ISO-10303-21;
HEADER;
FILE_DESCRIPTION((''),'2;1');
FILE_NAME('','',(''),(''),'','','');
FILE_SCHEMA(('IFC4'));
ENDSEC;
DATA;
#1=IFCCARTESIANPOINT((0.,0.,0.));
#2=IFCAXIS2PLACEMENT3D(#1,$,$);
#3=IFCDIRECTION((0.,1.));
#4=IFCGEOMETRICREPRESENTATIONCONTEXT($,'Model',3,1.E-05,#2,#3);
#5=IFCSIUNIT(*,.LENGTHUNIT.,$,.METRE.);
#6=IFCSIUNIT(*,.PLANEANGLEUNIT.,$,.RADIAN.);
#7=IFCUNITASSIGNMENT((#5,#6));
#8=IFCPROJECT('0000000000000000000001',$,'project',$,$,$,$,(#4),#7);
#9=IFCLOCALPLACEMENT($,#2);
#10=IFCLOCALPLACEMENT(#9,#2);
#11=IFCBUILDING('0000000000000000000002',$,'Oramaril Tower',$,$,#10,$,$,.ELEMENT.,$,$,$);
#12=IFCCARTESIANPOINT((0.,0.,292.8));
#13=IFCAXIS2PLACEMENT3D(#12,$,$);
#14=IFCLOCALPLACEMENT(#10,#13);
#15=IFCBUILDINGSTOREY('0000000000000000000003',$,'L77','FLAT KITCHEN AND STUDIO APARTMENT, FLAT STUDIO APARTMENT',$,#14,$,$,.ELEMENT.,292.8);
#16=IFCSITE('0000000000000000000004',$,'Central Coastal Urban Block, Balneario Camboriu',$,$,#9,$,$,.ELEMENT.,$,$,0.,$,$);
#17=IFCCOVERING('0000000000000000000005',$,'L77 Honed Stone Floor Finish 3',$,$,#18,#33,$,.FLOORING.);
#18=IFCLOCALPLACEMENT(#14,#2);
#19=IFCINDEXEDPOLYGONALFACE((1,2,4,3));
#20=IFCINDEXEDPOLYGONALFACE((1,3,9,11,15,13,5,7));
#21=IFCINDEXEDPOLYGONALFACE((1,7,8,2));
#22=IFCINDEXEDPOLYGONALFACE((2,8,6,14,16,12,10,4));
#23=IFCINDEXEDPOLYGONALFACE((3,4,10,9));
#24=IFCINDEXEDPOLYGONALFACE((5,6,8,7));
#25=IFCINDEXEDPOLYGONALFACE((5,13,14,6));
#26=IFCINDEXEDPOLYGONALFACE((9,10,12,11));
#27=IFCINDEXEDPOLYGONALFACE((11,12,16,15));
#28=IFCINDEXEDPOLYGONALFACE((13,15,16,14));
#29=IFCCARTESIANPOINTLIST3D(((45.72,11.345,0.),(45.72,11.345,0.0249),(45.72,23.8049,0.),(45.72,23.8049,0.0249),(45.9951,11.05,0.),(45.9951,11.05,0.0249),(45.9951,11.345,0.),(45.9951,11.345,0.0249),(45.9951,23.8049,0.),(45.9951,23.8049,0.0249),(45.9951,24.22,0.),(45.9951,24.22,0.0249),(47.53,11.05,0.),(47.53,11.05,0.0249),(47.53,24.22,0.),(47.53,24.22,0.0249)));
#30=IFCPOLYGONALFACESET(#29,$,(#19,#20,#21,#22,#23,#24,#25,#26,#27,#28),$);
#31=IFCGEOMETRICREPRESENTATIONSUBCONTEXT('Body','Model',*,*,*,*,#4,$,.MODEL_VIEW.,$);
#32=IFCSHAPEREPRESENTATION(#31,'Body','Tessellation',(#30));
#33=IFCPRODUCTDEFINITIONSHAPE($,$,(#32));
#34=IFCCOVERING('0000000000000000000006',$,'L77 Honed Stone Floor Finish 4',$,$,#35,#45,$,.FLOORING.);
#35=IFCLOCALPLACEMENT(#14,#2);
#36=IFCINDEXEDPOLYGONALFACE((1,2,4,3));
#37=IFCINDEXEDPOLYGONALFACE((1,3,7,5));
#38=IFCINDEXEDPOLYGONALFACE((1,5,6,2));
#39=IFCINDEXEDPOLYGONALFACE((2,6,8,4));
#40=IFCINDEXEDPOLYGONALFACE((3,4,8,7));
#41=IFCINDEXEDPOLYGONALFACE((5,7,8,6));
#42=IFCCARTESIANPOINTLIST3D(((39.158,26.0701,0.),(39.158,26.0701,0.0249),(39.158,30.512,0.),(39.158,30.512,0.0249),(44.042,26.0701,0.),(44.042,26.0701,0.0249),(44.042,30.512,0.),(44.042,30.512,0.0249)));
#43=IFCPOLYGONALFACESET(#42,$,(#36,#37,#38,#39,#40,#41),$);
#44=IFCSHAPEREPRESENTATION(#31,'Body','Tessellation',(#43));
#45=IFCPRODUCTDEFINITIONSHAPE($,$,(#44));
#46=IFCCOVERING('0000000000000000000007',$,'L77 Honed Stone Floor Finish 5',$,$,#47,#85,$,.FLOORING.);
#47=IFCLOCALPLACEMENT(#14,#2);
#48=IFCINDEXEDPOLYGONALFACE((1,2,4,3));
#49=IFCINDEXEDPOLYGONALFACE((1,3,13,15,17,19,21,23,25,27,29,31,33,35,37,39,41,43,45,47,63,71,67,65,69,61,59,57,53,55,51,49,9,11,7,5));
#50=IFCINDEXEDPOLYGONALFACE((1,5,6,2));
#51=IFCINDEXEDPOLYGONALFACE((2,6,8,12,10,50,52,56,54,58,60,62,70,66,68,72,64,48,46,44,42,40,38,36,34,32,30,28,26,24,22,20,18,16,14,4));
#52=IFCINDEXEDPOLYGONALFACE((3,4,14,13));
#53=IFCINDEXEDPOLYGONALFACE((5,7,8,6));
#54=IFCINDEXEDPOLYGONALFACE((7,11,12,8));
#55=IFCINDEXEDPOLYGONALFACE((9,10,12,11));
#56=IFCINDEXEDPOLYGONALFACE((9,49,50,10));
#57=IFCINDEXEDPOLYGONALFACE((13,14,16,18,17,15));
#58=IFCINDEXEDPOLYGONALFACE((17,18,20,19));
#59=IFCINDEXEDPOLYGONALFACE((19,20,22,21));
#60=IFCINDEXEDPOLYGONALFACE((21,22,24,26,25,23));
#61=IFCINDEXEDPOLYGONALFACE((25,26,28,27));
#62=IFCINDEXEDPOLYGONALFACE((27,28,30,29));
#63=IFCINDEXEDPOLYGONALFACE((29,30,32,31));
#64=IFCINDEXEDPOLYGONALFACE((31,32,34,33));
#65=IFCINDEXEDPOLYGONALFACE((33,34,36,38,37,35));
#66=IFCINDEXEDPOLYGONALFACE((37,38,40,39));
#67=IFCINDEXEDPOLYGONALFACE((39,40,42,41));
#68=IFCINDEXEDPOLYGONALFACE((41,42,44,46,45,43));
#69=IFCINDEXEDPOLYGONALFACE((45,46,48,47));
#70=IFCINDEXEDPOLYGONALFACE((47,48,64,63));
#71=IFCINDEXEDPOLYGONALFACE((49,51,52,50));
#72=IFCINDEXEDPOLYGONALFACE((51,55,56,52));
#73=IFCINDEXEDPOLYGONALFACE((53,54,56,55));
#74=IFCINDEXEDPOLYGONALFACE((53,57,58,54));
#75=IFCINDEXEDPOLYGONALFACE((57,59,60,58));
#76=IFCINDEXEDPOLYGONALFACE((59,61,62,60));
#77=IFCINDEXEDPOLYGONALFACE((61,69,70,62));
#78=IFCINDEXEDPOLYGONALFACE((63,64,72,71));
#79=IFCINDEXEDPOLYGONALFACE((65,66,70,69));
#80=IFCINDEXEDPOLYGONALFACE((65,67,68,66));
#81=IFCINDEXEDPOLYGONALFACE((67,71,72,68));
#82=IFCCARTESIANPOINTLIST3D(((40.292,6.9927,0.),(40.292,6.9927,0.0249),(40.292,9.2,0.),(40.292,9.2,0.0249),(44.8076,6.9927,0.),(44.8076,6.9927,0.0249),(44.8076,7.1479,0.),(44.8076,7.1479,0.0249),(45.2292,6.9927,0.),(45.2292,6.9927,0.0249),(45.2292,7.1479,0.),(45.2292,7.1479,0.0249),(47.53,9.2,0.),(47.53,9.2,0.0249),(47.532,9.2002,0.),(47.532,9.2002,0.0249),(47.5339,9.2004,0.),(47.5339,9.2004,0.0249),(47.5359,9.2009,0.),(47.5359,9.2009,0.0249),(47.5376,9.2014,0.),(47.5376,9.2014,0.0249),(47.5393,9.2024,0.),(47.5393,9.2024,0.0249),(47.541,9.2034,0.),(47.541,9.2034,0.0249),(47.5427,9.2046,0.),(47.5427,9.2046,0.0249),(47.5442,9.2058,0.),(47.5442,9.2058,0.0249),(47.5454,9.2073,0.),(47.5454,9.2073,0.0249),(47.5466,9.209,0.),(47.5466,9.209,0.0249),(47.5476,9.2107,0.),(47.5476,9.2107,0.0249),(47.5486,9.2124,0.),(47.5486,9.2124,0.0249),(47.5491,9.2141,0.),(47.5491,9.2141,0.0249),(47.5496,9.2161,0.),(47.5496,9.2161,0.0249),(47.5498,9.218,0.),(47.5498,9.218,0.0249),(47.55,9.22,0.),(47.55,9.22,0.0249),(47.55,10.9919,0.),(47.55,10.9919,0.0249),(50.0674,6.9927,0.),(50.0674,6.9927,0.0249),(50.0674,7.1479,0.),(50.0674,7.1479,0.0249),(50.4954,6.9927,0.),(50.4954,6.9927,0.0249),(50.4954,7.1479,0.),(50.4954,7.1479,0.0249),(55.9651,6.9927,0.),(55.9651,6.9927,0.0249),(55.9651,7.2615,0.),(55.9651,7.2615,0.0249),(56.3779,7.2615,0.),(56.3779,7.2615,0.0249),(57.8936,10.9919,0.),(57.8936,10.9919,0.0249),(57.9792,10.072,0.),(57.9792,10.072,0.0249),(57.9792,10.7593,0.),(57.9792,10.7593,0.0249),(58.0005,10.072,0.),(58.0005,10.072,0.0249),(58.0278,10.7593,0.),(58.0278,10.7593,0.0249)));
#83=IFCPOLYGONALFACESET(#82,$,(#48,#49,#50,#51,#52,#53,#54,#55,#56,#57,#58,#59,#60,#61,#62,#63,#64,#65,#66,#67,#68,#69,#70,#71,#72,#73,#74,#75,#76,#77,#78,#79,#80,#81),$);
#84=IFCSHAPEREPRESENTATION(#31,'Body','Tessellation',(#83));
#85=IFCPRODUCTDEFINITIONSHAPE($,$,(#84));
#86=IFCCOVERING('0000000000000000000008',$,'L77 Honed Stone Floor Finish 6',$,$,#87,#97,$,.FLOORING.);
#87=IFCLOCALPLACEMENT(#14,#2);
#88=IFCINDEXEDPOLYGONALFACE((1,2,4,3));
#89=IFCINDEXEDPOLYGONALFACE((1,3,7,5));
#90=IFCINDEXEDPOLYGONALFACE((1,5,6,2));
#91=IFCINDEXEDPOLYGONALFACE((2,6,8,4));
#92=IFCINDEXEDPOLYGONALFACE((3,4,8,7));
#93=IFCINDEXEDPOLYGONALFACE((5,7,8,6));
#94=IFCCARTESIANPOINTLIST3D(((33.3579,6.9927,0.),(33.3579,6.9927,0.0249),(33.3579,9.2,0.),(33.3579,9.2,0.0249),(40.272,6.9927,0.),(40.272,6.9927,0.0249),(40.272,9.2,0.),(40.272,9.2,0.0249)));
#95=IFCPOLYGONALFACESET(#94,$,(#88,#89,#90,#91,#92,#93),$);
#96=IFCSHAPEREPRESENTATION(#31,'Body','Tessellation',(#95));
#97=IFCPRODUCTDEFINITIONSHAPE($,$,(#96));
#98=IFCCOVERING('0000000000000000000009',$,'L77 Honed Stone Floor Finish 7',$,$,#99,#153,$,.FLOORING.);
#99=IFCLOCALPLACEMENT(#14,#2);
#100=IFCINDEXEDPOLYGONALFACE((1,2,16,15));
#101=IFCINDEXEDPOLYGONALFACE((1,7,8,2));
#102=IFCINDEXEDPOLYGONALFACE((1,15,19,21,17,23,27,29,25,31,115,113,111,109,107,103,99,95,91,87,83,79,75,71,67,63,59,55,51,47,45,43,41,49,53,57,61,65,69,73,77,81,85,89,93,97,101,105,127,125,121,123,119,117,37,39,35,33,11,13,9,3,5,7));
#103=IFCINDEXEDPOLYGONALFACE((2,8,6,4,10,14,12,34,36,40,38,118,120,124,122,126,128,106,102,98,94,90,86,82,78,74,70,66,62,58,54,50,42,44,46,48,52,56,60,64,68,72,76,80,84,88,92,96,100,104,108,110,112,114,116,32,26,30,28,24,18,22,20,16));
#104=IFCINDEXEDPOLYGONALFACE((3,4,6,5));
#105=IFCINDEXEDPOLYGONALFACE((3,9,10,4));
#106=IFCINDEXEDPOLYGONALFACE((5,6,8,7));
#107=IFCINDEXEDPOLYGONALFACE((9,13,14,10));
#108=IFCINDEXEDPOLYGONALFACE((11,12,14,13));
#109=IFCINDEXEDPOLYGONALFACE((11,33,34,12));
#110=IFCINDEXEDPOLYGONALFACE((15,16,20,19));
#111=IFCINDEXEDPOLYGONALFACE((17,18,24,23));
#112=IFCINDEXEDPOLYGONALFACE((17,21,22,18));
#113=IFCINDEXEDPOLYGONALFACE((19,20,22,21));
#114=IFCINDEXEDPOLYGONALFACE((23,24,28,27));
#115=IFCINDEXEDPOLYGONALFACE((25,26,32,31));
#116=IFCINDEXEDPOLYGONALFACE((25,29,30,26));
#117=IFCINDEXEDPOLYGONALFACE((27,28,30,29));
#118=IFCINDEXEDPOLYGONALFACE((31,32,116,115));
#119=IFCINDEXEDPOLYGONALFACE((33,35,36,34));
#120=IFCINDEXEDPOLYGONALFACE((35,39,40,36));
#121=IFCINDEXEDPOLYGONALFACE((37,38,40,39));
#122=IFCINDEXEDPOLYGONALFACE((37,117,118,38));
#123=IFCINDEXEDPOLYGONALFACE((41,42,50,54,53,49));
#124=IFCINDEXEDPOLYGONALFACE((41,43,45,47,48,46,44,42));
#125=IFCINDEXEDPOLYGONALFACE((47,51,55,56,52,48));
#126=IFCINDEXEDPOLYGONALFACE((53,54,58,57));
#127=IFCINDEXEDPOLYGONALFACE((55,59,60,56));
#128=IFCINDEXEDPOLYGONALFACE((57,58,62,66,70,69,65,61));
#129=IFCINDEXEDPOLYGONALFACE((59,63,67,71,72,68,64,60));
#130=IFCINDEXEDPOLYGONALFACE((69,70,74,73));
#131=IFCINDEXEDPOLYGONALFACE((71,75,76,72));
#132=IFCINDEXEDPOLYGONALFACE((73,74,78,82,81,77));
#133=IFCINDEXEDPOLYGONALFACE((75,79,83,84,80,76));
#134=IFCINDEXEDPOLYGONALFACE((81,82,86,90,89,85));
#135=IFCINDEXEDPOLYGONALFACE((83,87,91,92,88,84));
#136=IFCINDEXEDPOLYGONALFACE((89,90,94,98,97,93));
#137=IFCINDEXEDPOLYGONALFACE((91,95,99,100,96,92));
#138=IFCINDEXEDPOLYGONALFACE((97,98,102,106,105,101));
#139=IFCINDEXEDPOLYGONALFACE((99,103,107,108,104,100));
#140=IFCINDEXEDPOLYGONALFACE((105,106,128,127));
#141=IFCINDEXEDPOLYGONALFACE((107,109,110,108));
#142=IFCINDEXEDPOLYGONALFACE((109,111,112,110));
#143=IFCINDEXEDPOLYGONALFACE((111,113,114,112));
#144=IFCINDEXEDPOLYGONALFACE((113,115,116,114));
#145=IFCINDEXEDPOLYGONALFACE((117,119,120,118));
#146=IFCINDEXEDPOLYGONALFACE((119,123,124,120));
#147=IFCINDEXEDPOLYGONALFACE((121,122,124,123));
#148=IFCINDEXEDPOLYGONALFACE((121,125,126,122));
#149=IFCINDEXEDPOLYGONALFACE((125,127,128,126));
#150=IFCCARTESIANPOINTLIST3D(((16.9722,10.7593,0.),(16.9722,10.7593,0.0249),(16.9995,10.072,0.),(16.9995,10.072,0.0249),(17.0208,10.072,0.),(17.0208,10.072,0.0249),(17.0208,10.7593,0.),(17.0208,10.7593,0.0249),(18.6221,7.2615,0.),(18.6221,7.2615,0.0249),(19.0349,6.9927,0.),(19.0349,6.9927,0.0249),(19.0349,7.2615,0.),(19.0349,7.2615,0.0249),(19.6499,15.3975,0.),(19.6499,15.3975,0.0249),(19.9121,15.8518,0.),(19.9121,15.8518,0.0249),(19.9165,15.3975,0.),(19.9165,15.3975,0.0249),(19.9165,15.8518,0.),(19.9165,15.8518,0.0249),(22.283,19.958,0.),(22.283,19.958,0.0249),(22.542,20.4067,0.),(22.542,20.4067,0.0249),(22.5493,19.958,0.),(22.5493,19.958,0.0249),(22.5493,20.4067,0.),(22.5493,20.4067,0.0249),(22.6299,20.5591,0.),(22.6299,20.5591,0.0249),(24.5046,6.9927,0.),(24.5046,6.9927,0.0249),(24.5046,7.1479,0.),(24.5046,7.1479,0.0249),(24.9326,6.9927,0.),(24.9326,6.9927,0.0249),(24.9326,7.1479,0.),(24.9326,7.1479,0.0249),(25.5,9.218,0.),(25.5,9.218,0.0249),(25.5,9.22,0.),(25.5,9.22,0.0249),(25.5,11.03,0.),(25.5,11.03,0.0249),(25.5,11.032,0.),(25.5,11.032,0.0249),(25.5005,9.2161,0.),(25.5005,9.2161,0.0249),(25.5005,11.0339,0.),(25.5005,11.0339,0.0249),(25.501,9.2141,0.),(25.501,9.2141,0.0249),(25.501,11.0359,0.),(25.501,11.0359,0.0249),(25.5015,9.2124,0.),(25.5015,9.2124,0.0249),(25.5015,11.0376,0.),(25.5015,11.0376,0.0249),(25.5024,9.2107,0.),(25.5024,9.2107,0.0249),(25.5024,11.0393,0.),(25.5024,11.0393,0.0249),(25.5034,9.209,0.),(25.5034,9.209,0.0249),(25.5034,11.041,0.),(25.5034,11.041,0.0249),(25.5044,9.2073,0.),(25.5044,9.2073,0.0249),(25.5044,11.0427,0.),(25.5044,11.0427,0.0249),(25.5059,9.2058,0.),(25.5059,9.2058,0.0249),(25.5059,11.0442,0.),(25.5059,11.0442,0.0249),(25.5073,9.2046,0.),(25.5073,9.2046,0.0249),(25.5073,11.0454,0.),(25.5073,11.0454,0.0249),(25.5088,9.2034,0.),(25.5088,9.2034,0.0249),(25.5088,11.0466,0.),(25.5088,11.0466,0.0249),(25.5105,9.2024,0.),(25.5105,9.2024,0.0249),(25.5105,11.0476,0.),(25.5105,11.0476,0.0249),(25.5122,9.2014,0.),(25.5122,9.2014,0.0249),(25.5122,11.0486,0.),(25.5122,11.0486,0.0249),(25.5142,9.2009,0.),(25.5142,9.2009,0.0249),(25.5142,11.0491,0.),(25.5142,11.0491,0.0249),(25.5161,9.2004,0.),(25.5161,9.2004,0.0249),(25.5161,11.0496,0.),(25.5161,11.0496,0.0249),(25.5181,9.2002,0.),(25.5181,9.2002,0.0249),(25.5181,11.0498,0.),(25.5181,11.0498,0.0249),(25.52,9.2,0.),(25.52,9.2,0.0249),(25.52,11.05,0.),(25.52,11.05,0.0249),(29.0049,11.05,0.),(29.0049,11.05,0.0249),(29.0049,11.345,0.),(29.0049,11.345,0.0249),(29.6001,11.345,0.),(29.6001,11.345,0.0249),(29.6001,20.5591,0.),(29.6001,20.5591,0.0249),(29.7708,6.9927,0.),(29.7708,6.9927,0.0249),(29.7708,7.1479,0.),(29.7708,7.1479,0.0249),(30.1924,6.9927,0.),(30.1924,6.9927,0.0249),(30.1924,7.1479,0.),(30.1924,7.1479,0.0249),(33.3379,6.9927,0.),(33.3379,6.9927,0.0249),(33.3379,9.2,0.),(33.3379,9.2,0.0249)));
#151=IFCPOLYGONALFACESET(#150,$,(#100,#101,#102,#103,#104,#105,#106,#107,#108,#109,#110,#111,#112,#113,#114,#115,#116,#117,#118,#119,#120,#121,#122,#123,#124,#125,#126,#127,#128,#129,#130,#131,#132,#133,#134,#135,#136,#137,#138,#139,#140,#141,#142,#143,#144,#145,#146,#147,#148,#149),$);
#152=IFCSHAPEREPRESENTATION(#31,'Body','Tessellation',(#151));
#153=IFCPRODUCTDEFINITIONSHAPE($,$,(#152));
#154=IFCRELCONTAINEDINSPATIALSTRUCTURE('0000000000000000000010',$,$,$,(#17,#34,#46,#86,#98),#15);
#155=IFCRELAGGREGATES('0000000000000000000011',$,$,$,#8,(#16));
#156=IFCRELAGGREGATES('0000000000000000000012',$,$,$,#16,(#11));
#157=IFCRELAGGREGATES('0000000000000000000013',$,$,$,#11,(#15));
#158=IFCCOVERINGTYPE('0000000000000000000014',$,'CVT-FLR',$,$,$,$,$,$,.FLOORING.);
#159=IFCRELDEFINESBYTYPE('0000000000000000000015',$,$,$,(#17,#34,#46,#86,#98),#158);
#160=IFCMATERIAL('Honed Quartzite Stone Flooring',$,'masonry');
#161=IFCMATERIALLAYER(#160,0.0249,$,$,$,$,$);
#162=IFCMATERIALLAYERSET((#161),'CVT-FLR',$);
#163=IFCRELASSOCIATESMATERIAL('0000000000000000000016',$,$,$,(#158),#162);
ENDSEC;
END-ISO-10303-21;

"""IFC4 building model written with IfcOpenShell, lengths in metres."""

from ifc_helpers import new_model, si_unit, direction, frame, origin, place, context, subcontext, project, spatial, polyline, outline, extrude, material, layer, layer_set, type_object, element, save


model = new_model("IFC4")

# Units and contexts
model_context = context("Model", 3, precision=1e-05, world=origin(), true_north=direction((0.0, 1.0)))
body_context = subcontext(model_context, "Body", "Model", "MODEL_VIEW")
ifc_project = project(units=[si_unit("LENGTHUNIT", "METRE"), si_unit("PLANEANGLEUNIT", "RADIAN")], contexts=[model_context])

# Site, building, storey
site_placement = place(None, origin())
site = spatial("IfcSite", under=ifc_project, at=site_placement, Name="Central Coastal Urban Block, Balneario Camboriu", CompositionType="ELEMENT", RefElevation=0.0)
building_placement = place(site_placement, origin())
building = spatial("IfcBuilding", under=site, at=building_placement, Name="Oramaril Tower", CompositionType="ELEMENT")
storey_placement = place(building_placement, frame((0.0, 0.0, 292.8)))
storey = spatial("IfcBuildingStorey", under=building, at=storey_placement, Name="L77", Description="FLAT KITCHEN AND STUDIO APARTMENT, FLAT STUDIO APARTMENT", CompositionType="ELEMENT", Elevation=292.8)

# Coverings
ifc_material_1 = material(Name="Honed Quartzite Stone Flooring", Category="masonry")
ifc_layer_1 = layer(ifc_material_1, 0.0249)
ifc_layer_set_1 = layer_set([ifc_layer_1], Name="CVT-FLR")
covering_type_1 = type_object("IfcCoveringType", Name="CVT-FLR", PredefinedType="FLOORING", material=ifc_layer_set_1)
covering_1_placement = place(storey_placement, origin())
element("IfcCovering", 1, at=covering_1_placement, inside=storey, type_object=covering_type_1, Name="L77 Honed Stone Floor Finish 3", PredefinedType="FLOORING", context=body_context, shape_type="SweptSolid", body=[
    extrude(outline(polyline([(47.53, 11.05), (45.9951, 11.05), (45.9951, 11.345), (45.72, 11.345), (45.72, 23.8049), (45.9951, 23.8049), (45.9951, 24.22), (47.53, 24.22), (47.53, 11.05)])), origin(), (0.0, 0.0, 1.0), 0.0249),
])
covering_2_placement = place(storey_placement, origin())
element("IfcCovering", 2, at=covering_2_placement, inside=storey, type_object=covering_type_1, Name="L77 Honed Stone Floor Finish 4", PredefinedType="FLOORING", context=body_context, shape_type="SweptSolid", body=[
    extrude(outline(polyline([(44.042, 30.512), (44.042, 26.0701), (39.158, 26.0701), (39.158, 30.512), (44.042, 30.512)])), origin(), (0.0, 0.0, 1.0), 0.0249),
])
covering_3_placement = place(storey_placement, origin())
element("IfcCovering", 3, at=covering_3_placement, inside=storey, type_object=covering_type_1, Name="L77 Honed Stone Floor Finish 5", PredefinedType="FLOORING", context=body_context, shape_type="SweptSolid", body=[
    extrude(outline(polyline([(57.8936, 10.9919), (58.0278, 10.7593), (57.9792, 10.7593), (57.9792, 10.072), (58.0005, 10.072), (56.3779, 7.2615), (55.9651, 7.2615), (55.9651, 6.9927), (50.4954, 6.9927), (50.4954, 7.1479), (50.0674, 7.1479), (50.0674, 6.9927), (45.2292, 6.9927), (45.2292, 7.1479), (44.8076, 7.1479), (44.8076, 6.9927), (40.292, 6.9927), (40.292, 9.2), (47.53, 9.2), (47.532, 9.2002), (47.5339, 9.2004), (47.5359, 9.2009), (47.5376, 9.2014), (47.5393, 9.2024), (47.541, 9.2034), (47.5427, 9.2046), (47.5442, 9.2058), (47.5454, 9.2073), (47.5466, 9.209), (47.5476, 9.2107), (47.5486, 9.2124), (47.5491, 9.2141), (47.5496, 9.2161), (47.5498, 9.218), (47.55, 9.22), (47.55, 10.9919), (57.8936, 10.9919)])), origin(), (0.0, 0.0, 1.0), 0.0249),
])
covering_4_placement = place(storey_placement, origin())
element("IfcCovering", 4, at=covering_4_placement, inside=storey, type_object=covering_type_1, Name="L77 Honed Stone Floor Finish 6", PredefinedType="FLOORING", context=body_context, shape_type="SweptSolid", body=[
    extrude(outline(polyline([(33.3579, 6.9927), (33.3579, 9.2), (40.272, 9.2), (40.272, 6.9927), (33.3579, 6.9927)])), origin(), (0.0, 0.0, 1.0), 0.0249),
])
covering_5_placement = place(storey_placement, origin())
element("IfcCovering", 5, at=covering_5_placement, inside=storey, type_object=covering_type_1, Name="L77 Honed Stone Floor Finish 7", PredefinedType="FLOORING", context=body_context, shape_type="SweptSolid", body=[
    extrude(outline(polyline([(19.9165, 15.3975), (19.9165, 15.8518), (19.9121, 15.8518), (22.283, 19.958), (22.5493, 19.958), (22.5493, 20.4067), (22.542, 20.4067), (22.6299, 20.5591), (29.6001, 20.5591), (29.6001, 11.345), (29.0049, 11.345), (29.0049, 11.05), (25.52, 11.05), (25.5181, 11.0498), (25.5161, 11.0496), (25.5142, 11.0491), (25.5122, 11.0486), (25.5105, 11.0476), (25.5088, 11.0466), (25.5073, 11.0454), (25.5059, 11.0442), (25.5044, 11.0427), (25.5034, 11.041), (25.5024, 11.0393), (25.5015, 11.0376), (25.501, 11.0359), (25.5005, 11.0339), (25.5, 11.032), (25.5, 11.03), (25.5, 9.22), (25.5, 9.218), (25.5005, 9.2161), (25.501, 9.2141), (25.5015, 9.2124), (25.5024, 9.2107), (25.5034, 9.209), (25.5044, 9.2073), (25.5059, 9.2058), (25.5073, 9.2046), (25.5088, 9.2034), (25.5105, 9.2024), (25.5122, 9.2014), (25.5142, 9.2009), (25.5161, 9.2004), (25.5181, 9.2002), (25.52, 9.2), (33.3379, 9.2), (33.3379, 6.9927), (30.1924, 6.9927), (30.1924, 7.1479), (29.7708, 7.1479), (29.7708, 6.9927), (24.9326, 6.9927), (24.9326, 7.1479), (24.5046, 7.1479), (24.5046, 6.9927), (19.0349, 6.9927), (19.0349, 7.2615), (18.6221, 7.2615), (16.9995, 10.072), (17.0208, 10.072), (17.0208, 10.7593), (16.9722, 10.7593), (19.6499, 15.3975), (19.9165, 15.3975)])), origin(), (0.0, 0.0, 1.0), 0.0249),
])

save(model, "model.ifc")
